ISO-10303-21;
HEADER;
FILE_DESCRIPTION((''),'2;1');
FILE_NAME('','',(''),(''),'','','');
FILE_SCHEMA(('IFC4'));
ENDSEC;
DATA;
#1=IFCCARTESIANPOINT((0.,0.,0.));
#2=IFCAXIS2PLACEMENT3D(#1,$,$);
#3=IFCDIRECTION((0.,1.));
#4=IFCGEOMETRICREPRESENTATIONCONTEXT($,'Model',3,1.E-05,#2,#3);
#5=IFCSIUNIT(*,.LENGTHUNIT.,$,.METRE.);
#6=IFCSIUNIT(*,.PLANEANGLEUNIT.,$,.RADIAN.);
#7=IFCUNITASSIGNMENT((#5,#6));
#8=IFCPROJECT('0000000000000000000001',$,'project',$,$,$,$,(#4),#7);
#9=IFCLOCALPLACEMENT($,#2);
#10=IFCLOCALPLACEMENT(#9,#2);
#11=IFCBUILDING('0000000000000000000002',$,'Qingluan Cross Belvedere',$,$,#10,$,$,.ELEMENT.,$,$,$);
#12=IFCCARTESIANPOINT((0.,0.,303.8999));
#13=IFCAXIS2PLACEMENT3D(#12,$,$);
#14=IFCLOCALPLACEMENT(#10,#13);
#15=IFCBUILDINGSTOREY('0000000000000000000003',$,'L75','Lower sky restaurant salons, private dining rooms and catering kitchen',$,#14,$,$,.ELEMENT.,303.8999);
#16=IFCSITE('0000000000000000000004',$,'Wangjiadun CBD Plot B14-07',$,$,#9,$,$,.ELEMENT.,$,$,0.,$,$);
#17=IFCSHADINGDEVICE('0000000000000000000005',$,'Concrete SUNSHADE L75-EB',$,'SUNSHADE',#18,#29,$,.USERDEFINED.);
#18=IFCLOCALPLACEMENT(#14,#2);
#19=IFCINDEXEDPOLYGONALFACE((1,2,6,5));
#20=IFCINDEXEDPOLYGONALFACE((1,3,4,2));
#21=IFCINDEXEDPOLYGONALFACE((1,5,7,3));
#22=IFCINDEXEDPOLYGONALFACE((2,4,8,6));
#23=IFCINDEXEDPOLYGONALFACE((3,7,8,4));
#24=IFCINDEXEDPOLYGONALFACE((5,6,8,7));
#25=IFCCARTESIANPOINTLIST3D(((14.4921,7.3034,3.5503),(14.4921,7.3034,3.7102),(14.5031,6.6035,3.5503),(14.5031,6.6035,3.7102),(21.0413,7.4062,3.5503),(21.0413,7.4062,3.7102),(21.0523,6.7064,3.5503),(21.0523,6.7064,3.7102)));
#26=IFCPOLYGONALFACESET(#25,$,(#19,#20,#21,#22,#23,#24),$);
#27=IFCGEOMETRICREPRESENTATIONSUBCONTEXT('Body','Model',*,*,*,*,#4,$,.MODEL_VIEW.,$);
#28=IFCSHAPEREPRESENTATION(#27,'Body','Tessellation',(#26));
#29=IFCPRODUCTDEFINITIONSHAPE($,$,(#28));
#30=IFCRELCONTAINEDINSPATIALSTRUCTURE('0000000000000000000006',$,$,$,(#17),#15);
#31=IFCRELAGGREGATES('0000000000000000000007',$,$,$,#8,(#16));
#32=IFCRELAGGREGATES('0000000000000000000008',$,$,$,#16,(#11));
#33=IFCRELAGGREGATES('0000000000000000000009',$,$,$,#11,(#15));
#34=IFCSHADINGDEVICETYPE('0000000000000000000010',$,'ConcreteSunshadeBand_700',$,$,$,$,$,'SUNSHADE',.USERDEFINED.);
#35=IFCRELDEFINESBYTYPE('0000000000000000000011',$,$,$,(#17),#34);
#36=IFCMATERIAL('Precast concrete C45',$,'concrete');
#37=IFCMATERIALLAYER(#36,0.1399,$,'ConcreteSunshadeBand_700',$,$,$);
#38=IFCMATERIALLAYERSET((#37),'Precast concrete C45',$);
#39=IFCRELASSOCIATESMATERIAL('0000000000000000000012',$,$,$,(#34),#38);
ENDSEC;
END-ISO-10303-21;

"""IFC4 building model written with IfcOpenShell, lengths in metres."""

from ifc_helpers import new_model, si_unit, direction, frame, origin, origin_2d, place, context, subcontext, project, spatial, rectangle, extrude, material, layer, layer_set, type_object, element, save


model = new_model("IFC4")

# Units and contexts
model_context = context("Model", 3, precision=1e-05, world=origin(), true_north=direction((0.0, 1.0)))
body_context = subcontext(model_context, "Body", "Model", "MODEL_VIEW")
ifc_project = project(units=[si_unit("LENGTHUNIT", "METRE"), si_unit("PLANEANGLEUNIT", "RADIAN")], contexts=[model_context])

# Site, building, storey
site_placement = place(None, origin())
site = spatial("IfcSite", under=ifc_project, at=site_placement, Name="Wangjiadun CBD Plot B14-07", CompositionType="ELEMENT", RefElevation=0.0)
building_placement = place(site_placement, origin())
building = spatial("IfcBuilding", under=site, at=building_placement, Name="Qingluan Cross Belvedere", CompositionType="ELEMENT")
storey_placement = place(building_placement, frame((0.0, 0.0, 303.8999)))
storey = spatial("IfcBuildingStorey", under=building, at=storey_placement, Name="L75", Description="Lower sky restaurant salons, private dining rooms and catering kitchen", CompositionType="ELEMENT", Elevation=303.8999)

# Shading device
ifc_material_1 = material(Name="Precast concrete C45", Category="concrete")
ifc_layer_1 = layer(ifc_material_1, 0.1399, Name="ConcreteSunshadeBand_700")
ifc_layer_set_1 = layer_set([ifc_layer_1], Name="Precast concrete C45")
shading_device_type = type_object("IfcShadingDeviceType", Name="ConcreteSunshadeBand_700", ElementType="SUNSHADE", PredefinedType="USERDEFINED", material=ifc_layer_set_1)
shading_device_placement = place(storey_placement, frame((17.7722, 7.0049, 3.5503), z_axis=(0.0, 0.0, 1.0), x_axis=(-0.999877, -0.015704, 0.0)))
element("IfcShadingDevice", 1, at=shading_device_placement, inside=storey, type_object=shading_device_type, Name="Concrete SUNSHADE L75-EB", ObjectType="SUNSHADE", PredefinedType="USERDEFINED", context=body_context, shape_type="SweptSolid", body=[
    extrude(rectangle(XDim=6.55, YDim=0.7, at=origin_2d()), origin(), (0.0, 0.0, 1.0), 0.1599),
])

save(model, "model.ifc")
